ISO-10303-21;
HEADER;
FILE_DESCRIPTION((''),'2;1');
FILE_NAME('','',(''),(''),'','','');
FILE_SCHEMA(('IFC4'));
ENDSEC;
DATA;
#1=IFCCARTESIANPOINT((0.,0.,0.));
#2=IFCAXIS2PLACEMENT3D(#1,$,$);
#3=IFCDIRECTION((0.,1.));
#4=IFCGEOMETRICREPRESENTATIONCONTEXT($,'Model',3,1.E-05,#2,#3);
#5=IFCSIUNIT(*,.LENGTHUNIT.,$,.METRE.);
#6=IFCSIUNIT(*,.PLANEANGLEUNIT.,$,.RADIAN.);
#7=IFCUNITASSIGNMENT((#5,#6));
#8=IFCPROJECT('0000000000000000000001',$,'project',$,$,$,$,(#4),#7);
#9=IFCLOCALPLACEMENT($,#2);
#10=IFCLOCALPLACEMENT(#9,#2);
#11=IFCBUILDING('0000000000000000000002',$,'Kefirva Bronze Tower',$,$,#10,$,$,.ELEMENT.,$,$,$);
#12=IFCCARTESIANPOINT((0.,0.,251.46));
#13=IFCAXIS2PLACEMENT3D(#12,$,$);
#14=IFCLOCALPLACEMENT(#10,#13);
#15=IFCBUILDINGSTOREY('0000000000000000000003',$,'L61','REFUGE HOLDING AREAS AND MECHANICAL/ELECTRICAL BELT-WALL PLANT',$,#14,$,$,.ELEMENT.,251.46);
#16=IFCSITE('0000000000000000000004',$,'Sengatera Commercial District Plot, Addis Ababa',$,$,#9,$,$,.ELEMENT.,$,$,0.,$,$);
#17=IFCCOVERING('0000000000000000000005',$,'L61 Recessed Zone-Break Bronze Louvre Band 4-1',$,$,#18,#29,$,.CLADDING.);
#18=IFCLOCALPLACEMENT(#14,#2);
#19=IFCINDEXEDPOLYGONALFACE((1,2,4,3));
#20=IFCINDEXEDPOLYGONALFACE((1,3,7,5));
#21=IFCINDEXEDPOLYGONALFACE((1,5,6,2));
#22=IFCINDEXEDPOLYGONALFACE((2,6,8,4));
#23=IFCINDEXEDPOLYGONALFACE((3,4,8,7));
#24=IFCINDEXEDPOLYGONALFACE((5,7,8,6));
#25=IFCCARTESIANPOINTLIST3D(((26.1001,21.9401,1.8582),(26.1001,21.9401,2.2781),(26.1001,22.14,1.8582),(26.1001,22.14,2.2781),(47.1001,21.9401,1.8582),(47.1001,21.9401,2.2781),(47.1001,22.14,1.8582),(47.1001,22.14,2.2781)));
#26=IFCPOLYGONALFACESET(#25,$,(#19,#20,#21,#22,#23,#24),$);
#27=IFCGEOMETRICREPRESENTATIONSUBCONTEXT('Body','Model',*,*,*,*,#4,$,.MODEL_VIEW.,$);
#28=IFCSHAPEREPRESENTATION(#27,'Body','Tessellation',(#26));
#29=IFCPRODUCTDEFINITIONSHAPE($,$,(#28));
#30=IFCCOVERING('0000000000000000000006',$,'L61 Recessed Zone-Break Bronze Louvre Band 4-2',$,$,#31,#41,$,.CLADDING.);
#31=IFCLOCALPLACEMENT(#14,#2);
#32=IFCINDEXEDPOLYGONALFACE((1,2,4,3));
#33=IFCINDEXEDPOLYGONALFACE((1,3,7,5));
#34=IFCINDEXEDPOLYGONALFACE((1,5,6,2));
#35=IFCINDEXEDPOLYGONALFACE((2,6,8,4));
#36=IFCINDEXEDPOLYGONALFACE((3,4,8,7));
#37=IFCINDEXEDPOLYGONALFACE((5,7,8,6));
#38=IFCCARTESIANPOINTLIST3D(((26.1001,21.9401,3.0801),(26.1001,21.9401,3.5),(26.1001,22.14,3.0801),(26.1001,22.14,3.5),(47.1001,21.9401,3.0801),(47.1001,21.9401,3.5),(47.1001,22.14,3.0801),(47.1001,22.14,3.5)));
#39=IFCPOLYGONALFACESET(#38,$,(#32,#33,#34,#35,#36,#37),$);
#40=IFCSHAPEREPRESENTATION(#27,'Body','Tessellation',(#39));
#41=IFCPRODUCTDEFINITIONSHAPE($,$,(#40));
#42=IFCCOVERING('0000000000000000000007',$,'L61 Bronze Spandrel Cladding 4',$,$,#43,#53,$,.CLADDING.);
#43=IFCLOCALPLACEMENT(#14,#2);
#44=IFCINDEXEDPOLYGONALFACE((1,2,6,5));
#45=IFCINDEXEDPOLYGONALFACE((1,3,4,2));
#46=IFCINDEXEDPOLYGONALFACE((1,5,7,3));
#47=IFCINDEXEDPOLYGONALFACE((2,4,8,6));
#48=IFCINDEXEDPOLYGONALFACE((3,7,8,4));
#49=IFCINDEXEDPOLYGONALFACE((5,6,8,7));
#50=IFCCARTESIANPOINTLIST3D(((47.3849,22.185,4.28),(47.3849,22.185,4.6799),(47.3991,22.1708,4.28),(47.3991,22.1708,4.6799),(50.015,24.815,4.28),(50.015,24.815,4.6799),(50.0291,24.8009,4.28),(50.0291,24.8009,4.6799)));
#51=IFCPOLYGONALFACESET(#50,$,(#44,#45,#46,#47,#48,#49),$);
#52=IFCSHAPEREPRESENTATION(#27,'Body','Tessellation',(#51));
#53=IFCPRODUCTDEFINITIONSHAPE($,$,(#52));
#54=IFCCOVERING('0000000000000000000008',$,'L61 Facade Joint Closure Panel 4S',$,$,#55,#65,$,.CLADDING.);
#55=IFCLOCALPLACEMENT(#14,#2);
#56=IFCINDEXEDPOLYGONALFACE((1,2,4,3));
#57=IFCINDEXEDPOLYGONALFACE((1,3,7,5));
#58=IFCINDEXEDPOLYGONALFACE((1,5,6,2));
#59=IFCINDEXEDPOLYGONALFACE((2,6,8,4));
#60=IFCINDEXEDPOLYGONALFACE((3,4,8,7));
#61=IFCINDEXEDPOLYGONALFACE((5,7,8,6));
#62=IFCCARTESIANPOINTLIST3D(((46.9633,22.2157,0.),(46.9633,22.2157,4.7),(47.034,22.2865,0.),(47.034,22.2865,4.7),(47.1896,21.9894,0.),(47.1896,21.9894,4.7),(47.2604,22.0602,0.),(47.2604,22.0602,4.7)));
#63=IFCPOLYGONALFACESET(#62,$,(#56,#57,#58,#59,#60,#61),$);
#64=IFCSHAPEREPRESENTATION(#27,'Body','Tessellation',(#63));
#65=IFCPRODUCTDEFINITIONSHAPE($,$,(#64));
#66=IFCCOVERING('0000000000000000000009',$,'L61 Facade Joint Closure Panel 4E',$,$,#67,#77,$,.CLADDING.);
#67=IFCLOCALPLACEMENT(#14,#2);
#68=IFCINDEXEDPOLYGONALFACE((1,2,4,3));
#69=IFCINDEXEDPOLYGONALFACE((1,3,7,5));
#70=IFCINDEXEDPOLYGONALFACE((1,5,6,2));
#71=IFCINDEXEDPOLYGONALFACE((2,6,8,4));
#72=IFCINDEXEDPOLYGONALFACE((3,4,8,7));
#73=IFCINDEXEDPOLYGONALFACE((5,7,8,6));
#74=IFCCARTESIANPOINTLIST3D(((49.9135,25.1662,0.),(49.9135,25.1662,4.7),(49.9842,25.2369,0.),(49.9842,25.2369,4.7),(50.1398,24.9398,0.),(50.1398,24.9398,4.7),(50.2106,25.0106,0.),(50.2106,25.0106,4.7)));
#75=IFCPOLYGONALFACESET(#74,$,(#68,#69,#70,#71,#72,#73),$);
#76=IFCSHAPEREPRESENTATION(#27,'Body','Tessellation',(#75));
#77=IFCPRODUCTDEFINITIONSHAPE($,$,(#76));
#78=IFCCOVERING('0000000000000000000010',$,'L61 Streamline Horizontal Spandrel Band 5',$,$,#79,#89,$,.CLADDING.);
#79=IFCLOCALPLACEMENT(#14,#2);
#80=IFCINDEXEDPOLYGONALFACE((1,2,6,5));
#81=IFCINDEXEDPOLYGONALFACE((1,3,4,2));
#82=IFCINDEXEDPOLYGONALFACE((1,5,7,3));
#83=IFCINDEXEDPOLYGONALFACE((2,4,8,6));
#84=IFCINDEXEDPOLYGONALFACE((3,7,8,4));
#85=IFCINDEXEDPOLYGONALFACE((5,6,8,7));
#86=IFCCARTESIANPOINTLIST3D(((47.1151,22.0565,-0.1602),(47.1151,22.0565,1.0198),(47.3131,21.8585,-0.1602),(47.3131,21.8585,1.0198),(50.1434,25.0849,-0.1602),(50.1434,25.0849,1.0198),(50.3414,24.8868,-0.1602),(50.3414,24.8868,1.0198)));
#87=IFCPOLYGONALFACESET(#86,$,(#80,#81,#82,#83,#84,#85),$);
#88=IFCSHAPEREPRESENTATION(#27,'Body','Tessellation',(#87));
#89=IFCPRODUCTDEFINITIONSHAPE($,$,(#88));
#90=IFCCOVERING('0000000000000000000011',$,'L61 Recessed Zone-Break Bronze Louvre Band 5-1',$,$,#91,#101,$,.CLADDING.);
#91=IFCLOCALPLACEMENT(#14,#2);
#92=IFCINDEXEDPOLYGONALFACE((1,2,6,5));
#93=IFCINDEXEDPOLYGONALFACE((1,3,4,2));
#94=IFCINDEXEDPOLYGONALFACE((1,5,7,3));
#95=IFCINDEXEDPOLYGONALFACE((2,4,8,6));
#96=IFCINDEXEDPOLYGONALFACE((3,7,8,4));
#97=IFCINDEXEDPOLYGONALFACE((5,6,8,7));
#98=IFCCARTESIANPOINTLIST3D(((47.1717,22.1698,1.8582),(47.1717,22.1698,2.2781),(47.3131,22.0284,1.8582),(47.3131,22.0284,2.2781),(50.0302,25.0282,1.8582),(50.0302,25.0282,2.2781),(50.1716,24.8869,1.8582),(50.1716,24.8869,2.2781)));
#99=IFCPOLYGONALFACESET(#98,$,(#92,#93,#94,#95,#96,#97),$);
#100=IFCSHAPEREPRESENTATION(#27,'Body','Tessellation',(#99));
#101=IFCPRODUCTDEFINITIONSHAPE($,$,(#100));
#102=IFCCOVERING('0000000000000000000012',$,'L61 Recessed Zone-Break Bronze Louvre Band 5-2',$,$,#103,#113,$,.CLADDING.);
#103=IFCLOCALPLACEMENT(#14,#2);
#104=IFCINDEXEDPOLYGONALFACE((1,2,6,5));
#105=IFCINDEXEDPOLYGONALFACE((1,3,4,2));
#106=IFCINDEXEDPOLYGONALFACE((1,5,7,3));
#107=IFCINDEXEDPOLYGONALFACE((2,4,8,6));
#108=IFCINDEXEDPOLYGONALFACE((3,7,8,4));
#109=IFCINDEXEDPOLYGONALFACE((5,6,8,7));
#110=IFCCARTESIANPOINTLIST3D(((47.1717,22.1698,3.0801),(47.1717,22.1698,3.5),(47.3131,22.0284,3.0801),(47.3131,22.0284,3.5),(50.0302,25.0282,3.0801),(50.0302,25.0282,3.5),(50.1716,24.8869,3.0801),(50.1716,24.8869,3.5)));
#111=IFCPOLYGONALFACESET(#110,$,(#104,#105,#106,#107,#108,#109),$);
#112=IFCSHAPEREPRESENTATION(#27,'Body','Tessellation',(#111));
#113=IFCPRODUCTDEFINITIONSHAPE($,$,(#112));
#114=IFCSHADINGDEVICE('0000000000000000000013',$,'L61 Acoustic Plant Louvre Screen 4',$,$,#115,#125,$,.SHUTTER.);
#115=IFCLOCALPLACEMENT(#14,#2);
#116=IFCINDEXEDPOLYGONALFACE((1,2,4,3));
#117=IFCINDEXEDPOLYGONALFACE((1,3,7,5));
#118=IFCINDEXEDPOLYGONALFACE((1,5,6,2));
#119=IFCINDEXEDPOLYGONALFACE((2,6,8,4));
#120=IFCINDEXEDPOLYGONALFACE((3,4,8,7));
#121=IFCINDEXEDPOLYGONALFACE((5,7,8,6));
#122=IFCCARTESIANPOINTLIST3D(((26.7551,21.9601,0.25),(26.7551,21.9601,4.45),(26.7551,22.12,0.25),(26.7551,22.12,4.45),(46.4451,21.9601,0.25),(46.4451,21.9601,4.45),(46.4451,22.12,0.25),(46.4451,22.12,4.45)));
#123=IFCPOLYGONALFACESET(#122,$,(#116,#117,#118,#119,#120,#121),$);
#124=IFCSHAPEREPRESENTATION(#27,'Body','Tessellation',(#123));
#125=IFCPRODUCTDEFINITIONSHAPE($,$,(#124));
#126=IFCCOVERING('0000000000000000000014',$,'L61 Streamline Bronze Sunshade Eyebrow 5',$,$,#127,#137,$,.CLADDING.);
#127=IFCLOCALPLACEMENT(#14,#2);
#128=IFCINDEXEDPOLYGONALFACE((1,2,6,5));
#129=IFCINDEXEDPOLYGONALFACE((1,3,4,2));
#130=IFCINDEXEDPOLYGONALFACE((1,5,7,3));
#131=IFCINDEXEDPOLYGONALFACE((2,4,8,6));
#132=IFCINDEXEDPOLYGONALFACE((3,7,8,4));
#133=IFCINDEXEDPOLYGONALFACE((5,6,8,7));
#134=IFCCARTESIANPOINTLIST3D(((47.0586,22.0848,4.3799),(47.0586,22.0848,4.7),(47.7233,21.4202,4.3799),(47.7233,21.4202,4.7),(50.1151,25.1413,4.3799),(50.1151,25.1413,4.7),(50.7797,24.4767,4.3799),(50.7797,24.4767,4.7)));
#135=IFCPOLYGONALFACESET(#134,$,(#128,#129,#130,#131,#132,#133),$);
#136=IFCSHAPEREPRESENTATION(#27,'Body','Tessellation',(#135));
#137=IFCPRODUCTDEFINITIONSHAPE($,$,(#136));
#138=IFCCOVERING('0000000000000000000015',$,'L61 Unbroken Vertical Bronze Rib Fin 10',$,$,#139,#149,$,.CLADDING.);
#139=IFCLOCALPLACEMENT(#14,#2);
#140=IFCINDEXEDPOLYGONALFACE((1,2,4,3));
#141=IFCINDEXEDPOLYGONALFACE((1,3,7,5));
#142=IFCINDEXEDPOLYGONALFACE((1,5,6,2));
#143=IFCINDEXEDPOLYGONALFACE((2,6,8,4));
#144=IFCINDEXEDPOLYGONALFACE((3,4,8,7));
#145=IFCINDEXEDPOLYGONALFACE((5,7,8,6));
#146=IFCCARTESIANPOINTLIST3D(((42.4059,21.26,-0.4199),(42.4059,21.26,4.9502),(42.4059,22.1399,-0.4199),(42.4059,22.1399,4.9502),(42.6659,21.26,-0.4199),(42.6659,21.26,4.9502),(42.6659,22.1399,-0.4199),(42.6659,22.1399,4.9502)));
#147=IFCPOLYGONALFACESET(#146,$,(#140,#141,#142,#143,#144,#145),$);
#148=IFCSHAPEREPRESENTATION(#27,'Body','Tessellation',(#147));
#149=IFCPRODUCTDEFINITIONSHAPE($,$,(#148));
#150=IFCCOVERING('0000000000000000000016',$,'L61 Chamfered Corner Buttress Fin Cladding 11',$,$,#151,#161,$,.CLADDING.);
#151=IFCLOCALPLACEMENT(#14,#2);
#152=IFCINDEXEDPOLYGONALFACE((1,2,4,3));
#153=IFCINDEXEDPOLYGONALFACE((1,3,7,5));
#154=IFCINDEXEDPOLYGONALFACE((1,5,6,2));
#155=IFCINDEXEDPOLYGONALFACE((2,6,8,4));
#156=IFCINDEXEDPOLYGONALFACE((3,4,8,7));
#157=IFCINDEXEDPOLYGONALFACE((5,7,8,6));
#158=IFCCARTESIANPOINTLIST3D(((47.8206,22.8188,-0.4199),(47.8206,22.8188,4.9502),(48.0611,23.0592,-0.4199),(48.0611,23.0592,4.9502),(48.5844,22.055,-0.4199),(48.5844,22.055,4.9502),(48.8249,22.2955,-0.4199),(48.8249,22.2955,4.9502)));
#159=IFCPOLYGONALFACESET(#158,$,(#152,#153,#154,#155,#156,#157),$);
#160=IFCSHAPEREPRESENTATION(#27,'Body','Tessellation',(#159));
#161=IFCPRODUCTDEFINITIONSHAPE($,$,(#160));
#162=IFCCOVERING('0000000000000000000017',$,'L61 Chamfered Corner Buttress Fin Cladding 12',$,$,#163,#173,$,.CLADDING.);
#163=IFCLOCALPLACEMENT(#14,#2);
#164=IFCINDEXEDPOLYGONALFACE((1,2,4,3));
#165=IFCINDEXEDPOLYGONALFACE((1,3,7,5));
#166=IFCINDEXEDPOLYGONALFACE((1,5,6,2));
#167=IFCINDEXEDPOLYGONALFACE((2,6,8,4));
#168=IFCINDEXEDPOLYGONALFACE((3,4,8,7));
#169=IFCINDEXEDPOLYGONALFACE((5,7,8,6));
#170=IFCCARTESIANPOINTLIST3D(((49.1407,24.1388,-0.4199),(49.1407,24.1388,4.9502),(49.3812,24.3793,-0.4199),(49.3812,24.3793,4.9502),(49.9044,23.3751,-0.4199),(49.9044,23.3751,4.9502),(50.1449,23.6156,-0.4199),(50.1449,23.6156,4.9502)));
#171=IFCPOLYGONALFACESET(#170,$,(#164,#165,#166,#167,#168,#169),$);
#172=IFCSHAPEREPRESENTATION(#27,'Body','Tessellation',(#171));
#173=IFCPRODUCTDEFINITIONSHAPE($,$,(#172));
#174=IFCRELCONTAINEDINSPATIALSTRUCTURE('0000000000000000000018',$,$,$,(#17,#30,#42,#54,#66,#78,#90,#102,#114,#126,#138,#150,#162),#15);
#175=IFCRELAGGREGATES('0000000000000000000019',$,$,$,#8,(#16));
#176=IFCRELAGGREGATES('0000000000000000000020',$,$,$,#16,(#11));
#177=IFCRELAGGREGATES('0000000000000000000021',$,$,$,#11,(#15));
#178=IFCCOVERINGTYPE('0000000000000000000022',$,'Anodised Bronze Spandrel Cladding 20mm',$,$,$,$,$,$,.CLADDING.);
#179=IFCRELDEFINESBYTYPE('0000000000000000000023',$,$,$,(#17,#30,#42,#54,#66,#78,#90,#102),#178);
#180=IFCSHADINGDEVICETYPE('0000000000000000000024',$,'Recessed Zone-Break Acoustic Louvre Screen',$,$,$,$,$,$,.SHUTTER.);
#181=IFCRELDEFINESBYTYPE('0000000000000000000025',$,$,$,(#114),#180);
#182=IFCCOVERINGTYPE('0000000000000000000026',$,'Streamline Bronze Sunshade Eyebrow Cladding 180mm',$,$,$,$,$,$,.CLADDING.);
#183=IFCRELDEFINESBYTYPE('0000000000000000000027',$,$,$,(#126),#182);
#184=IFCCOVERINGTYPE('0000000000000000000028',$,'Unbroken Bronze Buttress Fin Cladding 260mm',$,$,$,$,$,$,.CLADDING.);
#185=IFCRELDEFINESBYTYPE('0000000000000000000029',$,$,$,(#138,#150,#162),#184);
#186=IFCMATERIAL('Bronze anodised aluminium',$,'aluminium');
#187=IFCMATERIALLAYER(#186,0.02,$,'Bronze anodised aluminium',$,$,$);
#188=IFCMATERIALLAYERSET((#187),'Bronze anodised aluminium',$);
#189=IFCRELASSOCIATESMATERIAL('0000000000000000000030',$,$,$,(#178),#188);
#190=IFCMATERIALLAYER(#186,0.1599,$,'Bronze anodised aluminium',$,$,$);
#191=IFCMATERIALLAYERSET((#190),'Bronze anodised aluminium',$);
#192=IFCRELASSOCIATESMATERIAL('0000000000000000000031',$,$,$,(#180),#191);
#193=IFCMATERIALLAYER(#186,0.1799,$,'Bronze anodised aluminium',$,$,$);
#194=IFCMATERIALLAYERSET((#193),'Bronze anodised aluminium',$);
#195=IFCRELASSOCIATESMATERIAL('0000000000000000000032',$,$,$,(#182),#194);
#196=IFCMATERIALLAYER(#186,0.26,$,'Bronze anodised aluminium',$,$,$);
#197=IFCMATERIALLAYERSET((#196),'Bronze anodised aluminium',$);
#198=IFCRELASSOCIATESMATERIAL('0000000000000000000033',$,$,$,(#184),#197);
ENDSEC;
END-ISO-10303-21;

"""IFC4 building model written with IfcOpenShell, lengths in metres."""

from ifc_helpers import new_model, si_unit, direction, frame, origin, origin_2d, place, context, subcontext, project, spatial, rectangle, extrude, material, layer, layer_set, type_object, element, save


model = new_model("IFC4")

# Units and contexts
model_context = context("Model", 3, precision=1e-05, world=origin(), true_north=direction((0.0, 1.0)))
body_context = subcontext(model_context, "Body", "Model", "MODEL_VIEW")
ifc_project = project(units=[si_unit("LENGTHUNIT", "METRE"), si_unit("PLANEANGLEUNIT", "RADIAN")], contexts=[model_context])

# Site, building, storey
site_placement = place(None, origin())
site = spatial("IfcSite", under=ifc_project, at=site_placement, Name="Sengatera Commercial District Plot, Addis Ababa", CompositionType="ELEMENT", RefElevation=0.0)
building_placement = place(site_placement, origin())
building = spatial("IfcBuilding", under=site, at=building_placement, Name="Kefirva Bronze Tower", CompositionType="ELEMENT")
storey_placement = place(building_placement, frame((0.0, 0.0, 251.46)))
storey = spatial("IfcBuildingStorey", under=building, at=storey_placement, Name="L61", Description="REFUGE HOLDING AREAS AND MECHANICAL/ELECTRICAL BELT-WALL PLANT", CompositionType="ELEMENT", Elevation=251.46)

# Shared definitions
ifc_material_1 = material(Name="Bronze anodised aluminium", Category="aluminium")

# Coverings
ifc_layer_1 = layer(ifc_material_1, 0.02, Name="Bronze anodised aluminium")
ifc_layer_set_1 = layer_set([ifc_layer_1], Name="Bronze anodised aluminium")
covering_type_1 = type_object("IfcCoveringType", Name="Anodised Bronze Spandrel Cladding 20mm", PredefinedType="CLADDING", material=ifc_layer_set_1)
for number, where, z_axis, x_axis, name in (
    (1, (36.6001, 22.04, 1.8582), (0.0, 0.0, 1.0), (1.0, 0.0, 0.0), "L61 Recessed Zone-Break Bronze Louvre Band 4-1"),
    (2, (36.6001, 22.04, 3.0801), (0.0, 0.0, 1.0), (1.0, 0.0, 0.0), "L61 Recessed Zone-Break Bronze Louvre Band 4-2"),
):
    element("IfcCovering", number, at=place(storey_placement, frame(where, z_axis=z_axis, x_axis=x_axis)), inside=storey, type_object=covering_type_1, Name=name, PredefinedType="CLADDING", context=body_context, shape_type="SweptSolid", body=[
        extrude(rectangle(XDim=21.0, YDim=0.2, at=origin_2d()), origin(), (0.0, 0.0, 1.0), 0.4199),
    ])
covering_1_placement = place(storey_placement, frame((48.707, 23.4929, 4.28), z_axis=(0.0, 0.0, 1.0), x_axis=(0.707107, 0.707107, 0.0)))
element("IfcCovering", 3, at=covering_1_placement, inside=storey, type_object=covering_type_1, Name="L61 Bronze Spandrel Cladding 4", PredefinedType="CLADDING", context=body_context, shape_type="SweptSolid", body=[
    extrude(rectangle(XDim=3.7195, YDim=0.02, at=origin_2d()), origin(), (0.0, 0.0, 1.0), 0.3999),
])
for number, where, z_axis, x_axis, name in (
    (4, (47.1118, 22.1379, 0.0), (0.0, 0.0, 1.0), (0.707107, 0.707107, 0.0), "L61 Facade Joint Closure Panel 4S"),
    (5, (50.062, 25.0884, 0.0), (0.0, 0.0, 1.0), (0.707107, 0.707107, 0.0), "L61 Facade Joint Closure Panel 4E"),
):
    element("IfcCovering", number, at=place(storey_placement, frame(where, z_axis=z_axis, x_axis=x_axis)), inside=storey, type_object=covering_type_1, Name=name, PredefinedType="CLADDING", context=body_context, shape_type="SweptSolid", body=[
        extrude(rectangle(XDim=0.1001, YDim=0.3201, at=origin_2d()), origin(), (0.0, 0.0, 1.0), 4.7),
    ])
covering_2_placement = place(storey_placement, frame((48.7283, 23.4717, -0.1602), z_axis=(0.0, 0.0, 1.0), x_axis=(0.707107, 0.707107, 0.0)))
element("IfcCovering", 6, at=covering_2_placement, inside=storey, type_object=covering_type_1, Name="L61 Streamline Horizontal Spandrel Band 5", PredefinedType="CLADDING", context=body_context, shape_type="SweptSolid", body=[
    extrude(rectangle(XDim=4.2827, YDim=0.28, at=origin_2d()), origin(), (0.0, 0.0, 1.0), 1.1799),
])
for number, where, z_axis, x_axis, name in (
    (7, (48.6716, 23.5283, 1.8582), (0.0, 0.0, 1.0), (0.707107, 0.707107, 0.0), "L61 Recessed Zone-Break Bronze Louvre Band 5-1"),
    (8, (48.6716, 23.5283, 3.0801), (0.0, 0.0, 1.0), (0.707107, 0.707107, 0.0), "L61 Recessed Zone-Break Bronze Louvre Band 5-2"),
):
    element("IfcCovering", number, at=place(storey_placement, frame(where, z_axis=z_axis, x_axis=x_axis)), inside=storey, type_object=covering_type_1, Name=name, PredefinedType="CLADDING", context=body_context, shape_type="SweptSolid", body=[
        extrude(rectangle(XDim=4.0425, YDim=0.2, at=origin_2d()), origin(), (0.0, 0.0, 1.0), 0.4199),
    ])

# Shading device
ifc_layer_2 = layer(ifc_material_1, 0.1599, Name="Bronze anodised aluminium")
ifc_layer_set_2 = layer_set([ifc_layer_2], Name="Bronze anodised aluminium")
shading_device_type = type_object("IfcShadingDeviceType", Name="Recessed Zone-Break Acoustic Louvre Screen", PredefinedType="SHUTTER", material=ifc_layer_set_2)
shading_device_placement = place(storey_placement, frame((36.6001, 22.04, 0.25), z_axis=(0.0, 0.0, 1.0), x_axis=(1.0, 0.0, 0.0)))
element("IfcShadingDevice", 9, at=shading_device_placement, inside=storey, type_object=shading_device_type, Name="L61 Acoustic Plant Louvre Screen 4", PredefinedType="SHUTTER", context=body_context, shape_type="SweptSolid", body=[
    extrude(rectangle(XDim=19.6899, YDim=0.1599, at=origin_2d()), origin(), (0.0, 0.0, 1.0), 4.2),
])

# Coverings
ifc_layer_3 = layer(ifc_material_1, 0.1799, Name="Bronze anodised aluminium")
ifc_layer_set_3 = layer_set([ifc_layer_3], Name="Bronze anodised aluminium")
covering_type_2 = type_object("IfcCoveringType", Name="Streamline Bronze Sunshade Eyebrow Cladding 180mm", PredefinedType="CLADDING", material=ifc_layer_set_3)
covering_3_placement = place(storey_placement, frame((48.9192, 23.2808, 4.3799), z_axis=(0.0, 0.0, 1.0), x_axis=(0.707107, 0.707107, 0.0)))
element("IfcCovering", 10, at=covering_3_placement, inside=storey, type_object=covering_type_2, Name="L61 Streamline Bronze Sunshade Eyebrow 5", PredefinedType="CLADDING", context=body_context, shape_type="SweptSolid", body=[
    extrude(rectangle(XDim=4.3225, YDim=0.9399, at=origin_2d()), origin(), (0.0, 0.0, 1.0), 0.3201),
])
ifc_layer_4 = layer(ifc_material_1, 0.26, Name="Bronze anodised aluminium")
ifc_layer_set_4 = layer_set([ifc_layer_4], Name="Bronze anodised aluminium")
covering_type_3 = type_object("IfcCoveringType", Name="Unbroken Bronze Buttress Fin Cladding 260mm", PredefinedType="CLADDING", material=ifc_layer_set_4)
covering_4_placement = place(storey_placement, frame((42.5359, 21.7, -0.4199), z_axis=(0.0, 0.0, 1.0), x_axis=(1.0, 0.0, 0.0)))
element("IfcCovering", 11, at=covering_4_placement, inside=storey, type_object=covering_type_3, Name="L61 Unbroken Vertical Bronze Rib Fin 10", PredefinedType="CLADDING", context=body_context, shape_type="SweptSolid", body=[
    extrude(rectangle(XDim=0.26, YDim=0.8799, at=origin_2d()), origin(), (0.0, 0.0, 1.0), 5.3701),
])
for number, where, z_axis, x_axis, name in (
    (12, (48.3228, 22.5571, -0.4199), (0.0, 0.0, 1.0), (0.707107, 0.707107, 0.0), "L61 Chamfered Corner Buttress Fin Cladding 11"),
    (13, (49.6428, 23.8772, -0.4199), (0.0, 0.0, 1.0), (0.707107, 0.707107, 0.0), "L61 Chamfered Corner Buttress Fin Cladding 12"),
):
    element("IfcCovering", number, at=place(storey_placement, frame(where, z_axis=z_axis, x_axis=x_axis)), inside=storey, type_object=covering_type_3, Name=name, PredefinedType="CLADDING", context=body_context, shape_type="SweptSolid", body=[
        extrude(rectangle(XDim=0.3401, YDim=1.0801, at=origin_2d()), origin(), (0.0, 0.0, 1.0), 5.3701),
    ])

save(model, "model.ifc")
